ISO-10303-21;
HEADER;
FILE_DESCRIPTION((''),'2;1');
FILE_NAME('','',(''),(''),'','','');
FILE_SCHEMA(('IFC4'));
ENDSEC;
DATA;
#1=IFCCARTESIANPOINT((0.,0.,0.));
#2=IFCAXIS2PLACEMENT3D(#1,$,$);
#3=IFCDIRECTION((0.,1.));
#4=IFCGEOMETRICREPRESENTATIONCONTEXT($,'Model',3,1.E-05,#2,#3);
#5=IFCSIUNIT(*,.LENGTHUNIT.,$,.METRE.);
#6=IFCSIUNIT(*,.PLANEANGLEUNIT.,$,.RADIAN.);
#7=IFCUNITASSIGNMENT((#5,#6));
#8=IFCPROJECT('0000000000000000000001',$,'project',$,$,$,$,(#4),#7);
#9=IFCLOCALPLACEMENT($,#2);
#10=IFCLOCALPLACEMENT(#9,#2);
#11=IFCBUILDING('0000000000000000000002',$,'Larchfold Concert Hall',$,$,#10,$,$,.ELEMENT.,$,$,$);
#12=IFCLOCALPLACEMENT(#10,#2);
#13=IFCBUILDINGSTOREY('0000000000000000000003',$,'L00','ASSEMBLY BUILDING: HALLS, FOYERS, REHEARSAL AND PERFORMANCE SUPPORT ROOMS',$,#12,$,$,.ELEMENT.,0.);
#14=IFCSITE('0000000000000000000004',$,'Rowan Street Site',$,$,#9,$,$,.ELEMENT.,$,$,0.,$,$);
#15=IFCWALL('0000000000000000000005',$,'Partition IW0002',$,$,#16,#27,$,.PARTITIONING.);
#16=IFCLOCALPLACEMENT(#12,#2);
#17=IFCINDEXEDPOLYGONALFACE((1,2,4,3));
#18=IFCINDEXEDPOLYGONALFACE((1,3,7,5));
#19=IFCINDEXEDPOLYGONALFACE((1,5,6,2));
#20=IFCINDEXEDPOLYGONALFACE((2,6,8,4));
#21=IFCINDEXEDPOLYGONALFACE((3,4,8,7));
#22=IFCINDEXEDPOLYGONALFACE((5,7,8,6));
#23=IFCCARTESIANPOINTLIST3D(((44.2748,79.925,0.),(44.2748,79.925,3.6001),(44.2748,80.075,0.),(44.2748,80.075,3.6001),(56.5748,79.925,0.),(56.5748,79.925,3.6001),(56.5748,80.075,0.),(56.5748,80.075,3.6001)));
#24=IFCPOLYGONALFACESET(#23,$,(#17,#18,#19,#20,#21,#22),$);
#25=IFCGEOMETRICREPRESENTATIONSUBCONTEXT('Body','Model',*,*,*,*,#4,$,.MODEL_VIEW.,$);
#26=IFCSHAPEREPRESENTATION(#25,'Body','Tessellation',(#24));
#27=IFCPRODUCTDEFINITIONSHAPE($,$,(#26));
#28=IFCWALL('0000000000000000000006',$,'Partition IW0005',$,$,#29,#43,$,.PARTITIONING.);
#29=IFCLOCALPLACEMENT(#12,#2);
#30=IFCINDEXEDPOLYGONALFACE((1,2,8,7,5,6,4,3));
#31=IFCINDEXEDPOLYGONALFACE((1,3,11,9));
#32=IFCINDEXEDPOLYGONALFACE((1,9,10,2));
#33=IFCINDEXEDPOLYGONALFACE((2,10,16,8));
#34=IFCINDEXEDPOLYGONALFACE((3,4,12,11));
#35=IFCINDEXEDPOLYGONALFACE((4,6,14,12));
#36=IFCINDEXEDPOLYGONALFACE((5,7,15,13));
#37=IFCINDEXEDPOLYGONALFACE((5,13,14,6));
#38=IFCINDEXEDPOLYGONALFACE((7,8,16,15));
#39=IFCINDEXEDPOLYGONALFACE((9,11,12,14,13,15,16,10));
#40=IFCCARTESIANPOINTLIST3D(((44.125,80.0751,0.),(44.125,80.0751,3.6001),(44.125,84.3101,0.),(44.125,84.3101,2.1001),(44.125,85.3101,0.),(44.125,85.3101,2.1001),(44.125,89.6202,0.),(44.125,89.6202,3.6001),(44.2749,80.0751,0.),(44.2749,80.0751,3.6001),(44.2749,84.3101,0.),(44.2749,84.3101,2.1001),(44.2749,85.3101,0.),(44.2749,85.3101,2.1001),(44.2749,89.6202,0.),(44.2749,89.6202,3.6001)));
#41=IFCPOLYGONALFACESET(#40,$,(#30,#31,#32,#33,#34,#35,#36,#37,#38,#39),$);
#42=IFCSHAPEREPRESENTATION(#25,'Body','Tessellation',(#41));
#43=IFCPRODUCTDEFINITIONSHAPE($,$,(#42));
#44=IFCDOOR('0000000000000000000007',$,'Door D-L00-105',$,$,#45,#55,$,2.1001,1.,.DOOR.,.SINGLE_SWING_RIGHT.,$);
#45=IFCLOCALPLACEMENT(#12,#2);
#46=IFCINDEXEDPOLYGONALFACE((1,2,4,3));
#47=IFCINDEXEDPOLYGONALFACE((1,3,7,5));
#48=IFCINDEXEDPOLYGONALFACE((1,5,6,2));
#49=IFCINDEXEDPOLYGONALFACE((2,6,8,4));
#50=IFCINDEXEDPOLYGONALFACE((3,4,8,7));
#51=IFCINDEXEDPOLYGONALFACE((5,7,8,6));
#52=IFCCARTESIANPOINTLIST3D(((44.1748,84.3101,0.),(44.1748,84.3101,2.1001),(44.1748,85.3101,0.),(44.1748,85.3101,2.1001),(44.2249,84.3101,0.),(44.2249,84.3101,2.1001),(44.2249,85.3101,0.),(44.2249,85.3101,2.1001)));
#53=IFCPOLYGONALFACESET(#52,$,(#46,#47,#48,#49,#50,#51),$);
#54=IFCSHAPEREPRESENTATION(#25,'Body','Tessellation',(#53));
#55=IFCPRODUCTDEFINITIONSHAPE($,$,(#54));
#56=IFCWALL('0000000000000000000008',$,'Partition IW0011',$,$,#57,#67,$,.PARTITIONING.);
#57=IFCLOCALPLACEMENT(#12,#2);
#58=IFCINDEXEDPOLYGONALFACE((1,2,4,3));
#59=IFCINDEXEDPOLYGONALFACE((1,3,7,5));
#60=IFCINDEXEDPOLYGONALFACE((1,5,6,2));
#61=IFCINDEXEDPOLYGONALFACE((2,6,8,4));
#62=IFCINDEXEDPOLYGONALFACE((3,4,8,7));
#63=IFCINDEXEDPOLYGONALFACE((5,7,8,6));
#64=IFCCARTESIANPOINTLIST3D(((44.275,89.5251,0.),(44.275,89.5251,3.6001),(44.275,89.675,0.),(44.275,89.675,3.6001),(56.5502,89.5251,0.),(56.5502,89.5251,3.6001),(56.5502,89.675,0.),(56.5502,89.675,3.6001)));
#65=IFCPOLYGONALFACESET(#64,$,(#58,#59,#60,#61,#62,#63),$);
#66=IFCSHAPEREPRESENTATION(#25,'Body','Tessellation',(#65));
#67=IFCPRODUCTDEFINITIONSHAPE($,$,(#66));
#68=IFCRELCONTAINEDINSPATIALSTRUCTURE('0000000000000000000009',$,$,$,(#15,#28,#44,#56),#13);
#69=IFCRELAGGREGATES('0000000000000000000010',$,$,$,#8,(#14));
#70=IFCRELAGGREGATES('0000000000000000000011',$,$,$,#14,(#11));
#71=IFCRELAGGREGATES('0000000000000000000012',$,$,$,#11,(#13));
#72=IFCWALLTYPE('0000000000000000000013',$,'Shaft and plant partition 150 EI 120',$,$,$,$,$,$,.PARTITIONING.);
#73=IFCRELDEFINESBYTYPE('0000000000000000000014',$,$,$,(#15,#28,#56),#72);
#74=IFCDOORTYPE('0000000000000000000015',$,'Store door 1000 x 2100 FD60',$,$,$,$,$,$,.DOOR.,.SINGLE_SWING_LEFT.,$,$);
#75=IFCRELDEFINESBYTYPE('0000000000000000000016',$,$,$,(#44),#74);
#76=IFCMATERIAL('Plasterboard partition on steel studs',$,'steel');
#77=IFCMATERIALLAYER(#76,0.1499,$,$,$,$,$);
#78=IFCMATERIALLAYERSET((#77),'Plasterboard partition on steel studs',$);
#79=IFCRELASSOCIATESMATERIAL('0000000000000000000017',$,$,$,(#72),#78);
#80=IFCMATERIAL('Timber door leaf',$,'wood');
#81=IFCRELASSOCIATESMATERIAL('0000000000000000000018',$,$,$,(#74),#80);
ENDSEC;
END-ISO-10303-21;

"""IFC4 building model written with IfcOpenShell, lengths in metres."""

from ifc_helpers import new_model, si_unit, direction, frame, frame_2d, origin, place, context, subcontext, project, spatial, rectangle, extrude, material, layer, layer_set, type_object, element, fill, save


model = new_model("IFC4")

# Units and contexts
model_context = context("Model", 3, precision=1e-05, world=origin(), true_north=direction((0.0, 1.0)))
body_context = subcontext(model_context, "Body", "Model", "MODEL_VIEW")
ifc_project = project(units=[si_unit("LENGTHUNIT", "METRE"), si_unit("PLANEANGLEUNIT", "RADIAN")], contexts=[model_context])

# Site, building, storey
site_placement = place(None, origin())
site = spatial("IfcSite", under=ifc_project, at=site_placement, Name="Rowan Street Site", CompositionType="ELEMENT", RefElevation=0.0)
building_placement = place(site_placement, origin())
building = spatial("IfcBuilding", under=site, at=building_placement, Name="Larchfold Concert Hall", CompositionType="ELEMENT")
storey_placement = place(building_placement, origin())
storey = spatial("IfcBuildingStorey", under=building, at=storey_placement, Name="L00", Description="ASSEMBLY BUILDING: HALLS, FOYERS, REHEARSAL AND PERFORMANCE SUPPORT ROOMS", CompositionType="ELEMENT", Elevation=0.0)

# Wall
ifc_material_1 = material(Name="Plasterboard partition on steel studs", Category="steel")
ifc_layer_1 = layer(ifc_material_1, 0.1499)
ifc_layer_set_1 = layer_set([ifc_layer_1], Name="Plasterboard partition on steel studs")
wall_type_1 = type_object("IfcWallType", Name="Shaft and plant partition 150 EI 120", PredefinedType="PARTITIONING", material=ifc_layer_set_1)
wall_1_placement = place(storey_placement, frame((44.2749, 80.0, 0.0), z_axis=(0.0, 0.0, 1.0), x_axis=(1.0, 0.0, 0.0)))
element("IfcWall", 1, at=wall_1_placement, inside=storey, type_object=wall_type_1, Name="Partition IW0002", PredefinedType="PARTITIONING", context=body_context, shape_type="SweptSolid", body=[
    extrude(rectangle(XDim=12.3, YDim=0.1499, at=frame_2d((6.1499, 0.0))), origin(), (0.0, 0.0, 1.0), 3.6001),
])

# Wall, opening, door
wall_2_placement = place(storey_placement, frame((44.2, 89.6201, 0.0), z_axis=(0.0, 0.0, 1.0), x_axis=(0.0, -1.0, 0.0)))
wall_2 = element("IfcWall", 2, at=wall_2_placement, inside=storey, type_object=wall_type_1, Name="Partition IW0005", PredefinedType="PARTITIONING", context=body_context, shape_type="SweptSolid", body=[
    extrude(rectangle(XDim=9.5452, YDim=0.1499, at=frame_2d((4.7725, 0.0))), origin(), (0.0, 0.0, 1.0), 3.6001),
])
opening_1_placement = place(wall_2_placement, frame((4.3101, 0.0, 0.0)))
opening_1 = element("IfcOpeningElement", 3, at=opening_1_placement, cuts=wall_2, PredefinedType="OPENING", context=body_context, shape_type="SweptSolid", body=[
    extrude(rectangle(XDim=1.0, YDim=2.1001, at=frame_2d((0.5, 1.05))), frame((0.0, 0.085, 0.0), z_axis=(0.0, -1.0, 0.0), x_axis=(1.0, 0.0, 0.0)), (0.0, 0.0, 1.0), 0.1699),
])
ifc_material_2 = material(Name="Timber door leaf", Category="wood")
door_type_1 = type_object("IfcDoorType", Name="Store door 1000 x 2100 FD60", OperationType="SINGLE_SWING_LEFT", PredefinedType="DOOR", material=ifc_material_2)
door_1_placement = place(opening_1_placement, origin())
door_1 = element("IfcDoor", 4, at=door_1_placement, inside=storey, type_object=door_type_1, Name="Door D-L00-105", OperationType="SINGLE_SWING_RIGHT", OverallHeight=2.1001, OverallWidth=1.0, PredefinedType="DOOR", context=body_context, shape_type="SweptSolid", body=[
    extrude(rectangle(XDim=1.0, YDim=2.1001, at=frame_2d((0.5, 1.05))), frame((0.0, 0.0249, 0.0), z_axis=(0.0, -1.0, 0.0), x_axis=(1.0, 0.0, 0.0)), (0.0, 0.0, 1.0), 0.05),
])
fill(opening_1, door_1)

# Wall
wall_3_placement = place(storey_placement, frame((44.2749, 89.6001, 0.0), z_axis=(0.0, 0.0, 1.0), x_axis=(1.0, 0.0, 0.0)))
element("IfcWall", 5, at=wall_3_placement, inside=storey, type_object=wall_type_1, Name="Partition IW0011", PredefinedType="PARTITIONING", context=body_context, shape_type="SweptSolid", body=[
    extrude(rectangle(XDim=12.2751, YDim=0.1499, at=frame_2d((6.1377, 0.0))), origin(), (0.0, 0.0, 1.0), 3.6001),
])

save(model, "model.ifc")
